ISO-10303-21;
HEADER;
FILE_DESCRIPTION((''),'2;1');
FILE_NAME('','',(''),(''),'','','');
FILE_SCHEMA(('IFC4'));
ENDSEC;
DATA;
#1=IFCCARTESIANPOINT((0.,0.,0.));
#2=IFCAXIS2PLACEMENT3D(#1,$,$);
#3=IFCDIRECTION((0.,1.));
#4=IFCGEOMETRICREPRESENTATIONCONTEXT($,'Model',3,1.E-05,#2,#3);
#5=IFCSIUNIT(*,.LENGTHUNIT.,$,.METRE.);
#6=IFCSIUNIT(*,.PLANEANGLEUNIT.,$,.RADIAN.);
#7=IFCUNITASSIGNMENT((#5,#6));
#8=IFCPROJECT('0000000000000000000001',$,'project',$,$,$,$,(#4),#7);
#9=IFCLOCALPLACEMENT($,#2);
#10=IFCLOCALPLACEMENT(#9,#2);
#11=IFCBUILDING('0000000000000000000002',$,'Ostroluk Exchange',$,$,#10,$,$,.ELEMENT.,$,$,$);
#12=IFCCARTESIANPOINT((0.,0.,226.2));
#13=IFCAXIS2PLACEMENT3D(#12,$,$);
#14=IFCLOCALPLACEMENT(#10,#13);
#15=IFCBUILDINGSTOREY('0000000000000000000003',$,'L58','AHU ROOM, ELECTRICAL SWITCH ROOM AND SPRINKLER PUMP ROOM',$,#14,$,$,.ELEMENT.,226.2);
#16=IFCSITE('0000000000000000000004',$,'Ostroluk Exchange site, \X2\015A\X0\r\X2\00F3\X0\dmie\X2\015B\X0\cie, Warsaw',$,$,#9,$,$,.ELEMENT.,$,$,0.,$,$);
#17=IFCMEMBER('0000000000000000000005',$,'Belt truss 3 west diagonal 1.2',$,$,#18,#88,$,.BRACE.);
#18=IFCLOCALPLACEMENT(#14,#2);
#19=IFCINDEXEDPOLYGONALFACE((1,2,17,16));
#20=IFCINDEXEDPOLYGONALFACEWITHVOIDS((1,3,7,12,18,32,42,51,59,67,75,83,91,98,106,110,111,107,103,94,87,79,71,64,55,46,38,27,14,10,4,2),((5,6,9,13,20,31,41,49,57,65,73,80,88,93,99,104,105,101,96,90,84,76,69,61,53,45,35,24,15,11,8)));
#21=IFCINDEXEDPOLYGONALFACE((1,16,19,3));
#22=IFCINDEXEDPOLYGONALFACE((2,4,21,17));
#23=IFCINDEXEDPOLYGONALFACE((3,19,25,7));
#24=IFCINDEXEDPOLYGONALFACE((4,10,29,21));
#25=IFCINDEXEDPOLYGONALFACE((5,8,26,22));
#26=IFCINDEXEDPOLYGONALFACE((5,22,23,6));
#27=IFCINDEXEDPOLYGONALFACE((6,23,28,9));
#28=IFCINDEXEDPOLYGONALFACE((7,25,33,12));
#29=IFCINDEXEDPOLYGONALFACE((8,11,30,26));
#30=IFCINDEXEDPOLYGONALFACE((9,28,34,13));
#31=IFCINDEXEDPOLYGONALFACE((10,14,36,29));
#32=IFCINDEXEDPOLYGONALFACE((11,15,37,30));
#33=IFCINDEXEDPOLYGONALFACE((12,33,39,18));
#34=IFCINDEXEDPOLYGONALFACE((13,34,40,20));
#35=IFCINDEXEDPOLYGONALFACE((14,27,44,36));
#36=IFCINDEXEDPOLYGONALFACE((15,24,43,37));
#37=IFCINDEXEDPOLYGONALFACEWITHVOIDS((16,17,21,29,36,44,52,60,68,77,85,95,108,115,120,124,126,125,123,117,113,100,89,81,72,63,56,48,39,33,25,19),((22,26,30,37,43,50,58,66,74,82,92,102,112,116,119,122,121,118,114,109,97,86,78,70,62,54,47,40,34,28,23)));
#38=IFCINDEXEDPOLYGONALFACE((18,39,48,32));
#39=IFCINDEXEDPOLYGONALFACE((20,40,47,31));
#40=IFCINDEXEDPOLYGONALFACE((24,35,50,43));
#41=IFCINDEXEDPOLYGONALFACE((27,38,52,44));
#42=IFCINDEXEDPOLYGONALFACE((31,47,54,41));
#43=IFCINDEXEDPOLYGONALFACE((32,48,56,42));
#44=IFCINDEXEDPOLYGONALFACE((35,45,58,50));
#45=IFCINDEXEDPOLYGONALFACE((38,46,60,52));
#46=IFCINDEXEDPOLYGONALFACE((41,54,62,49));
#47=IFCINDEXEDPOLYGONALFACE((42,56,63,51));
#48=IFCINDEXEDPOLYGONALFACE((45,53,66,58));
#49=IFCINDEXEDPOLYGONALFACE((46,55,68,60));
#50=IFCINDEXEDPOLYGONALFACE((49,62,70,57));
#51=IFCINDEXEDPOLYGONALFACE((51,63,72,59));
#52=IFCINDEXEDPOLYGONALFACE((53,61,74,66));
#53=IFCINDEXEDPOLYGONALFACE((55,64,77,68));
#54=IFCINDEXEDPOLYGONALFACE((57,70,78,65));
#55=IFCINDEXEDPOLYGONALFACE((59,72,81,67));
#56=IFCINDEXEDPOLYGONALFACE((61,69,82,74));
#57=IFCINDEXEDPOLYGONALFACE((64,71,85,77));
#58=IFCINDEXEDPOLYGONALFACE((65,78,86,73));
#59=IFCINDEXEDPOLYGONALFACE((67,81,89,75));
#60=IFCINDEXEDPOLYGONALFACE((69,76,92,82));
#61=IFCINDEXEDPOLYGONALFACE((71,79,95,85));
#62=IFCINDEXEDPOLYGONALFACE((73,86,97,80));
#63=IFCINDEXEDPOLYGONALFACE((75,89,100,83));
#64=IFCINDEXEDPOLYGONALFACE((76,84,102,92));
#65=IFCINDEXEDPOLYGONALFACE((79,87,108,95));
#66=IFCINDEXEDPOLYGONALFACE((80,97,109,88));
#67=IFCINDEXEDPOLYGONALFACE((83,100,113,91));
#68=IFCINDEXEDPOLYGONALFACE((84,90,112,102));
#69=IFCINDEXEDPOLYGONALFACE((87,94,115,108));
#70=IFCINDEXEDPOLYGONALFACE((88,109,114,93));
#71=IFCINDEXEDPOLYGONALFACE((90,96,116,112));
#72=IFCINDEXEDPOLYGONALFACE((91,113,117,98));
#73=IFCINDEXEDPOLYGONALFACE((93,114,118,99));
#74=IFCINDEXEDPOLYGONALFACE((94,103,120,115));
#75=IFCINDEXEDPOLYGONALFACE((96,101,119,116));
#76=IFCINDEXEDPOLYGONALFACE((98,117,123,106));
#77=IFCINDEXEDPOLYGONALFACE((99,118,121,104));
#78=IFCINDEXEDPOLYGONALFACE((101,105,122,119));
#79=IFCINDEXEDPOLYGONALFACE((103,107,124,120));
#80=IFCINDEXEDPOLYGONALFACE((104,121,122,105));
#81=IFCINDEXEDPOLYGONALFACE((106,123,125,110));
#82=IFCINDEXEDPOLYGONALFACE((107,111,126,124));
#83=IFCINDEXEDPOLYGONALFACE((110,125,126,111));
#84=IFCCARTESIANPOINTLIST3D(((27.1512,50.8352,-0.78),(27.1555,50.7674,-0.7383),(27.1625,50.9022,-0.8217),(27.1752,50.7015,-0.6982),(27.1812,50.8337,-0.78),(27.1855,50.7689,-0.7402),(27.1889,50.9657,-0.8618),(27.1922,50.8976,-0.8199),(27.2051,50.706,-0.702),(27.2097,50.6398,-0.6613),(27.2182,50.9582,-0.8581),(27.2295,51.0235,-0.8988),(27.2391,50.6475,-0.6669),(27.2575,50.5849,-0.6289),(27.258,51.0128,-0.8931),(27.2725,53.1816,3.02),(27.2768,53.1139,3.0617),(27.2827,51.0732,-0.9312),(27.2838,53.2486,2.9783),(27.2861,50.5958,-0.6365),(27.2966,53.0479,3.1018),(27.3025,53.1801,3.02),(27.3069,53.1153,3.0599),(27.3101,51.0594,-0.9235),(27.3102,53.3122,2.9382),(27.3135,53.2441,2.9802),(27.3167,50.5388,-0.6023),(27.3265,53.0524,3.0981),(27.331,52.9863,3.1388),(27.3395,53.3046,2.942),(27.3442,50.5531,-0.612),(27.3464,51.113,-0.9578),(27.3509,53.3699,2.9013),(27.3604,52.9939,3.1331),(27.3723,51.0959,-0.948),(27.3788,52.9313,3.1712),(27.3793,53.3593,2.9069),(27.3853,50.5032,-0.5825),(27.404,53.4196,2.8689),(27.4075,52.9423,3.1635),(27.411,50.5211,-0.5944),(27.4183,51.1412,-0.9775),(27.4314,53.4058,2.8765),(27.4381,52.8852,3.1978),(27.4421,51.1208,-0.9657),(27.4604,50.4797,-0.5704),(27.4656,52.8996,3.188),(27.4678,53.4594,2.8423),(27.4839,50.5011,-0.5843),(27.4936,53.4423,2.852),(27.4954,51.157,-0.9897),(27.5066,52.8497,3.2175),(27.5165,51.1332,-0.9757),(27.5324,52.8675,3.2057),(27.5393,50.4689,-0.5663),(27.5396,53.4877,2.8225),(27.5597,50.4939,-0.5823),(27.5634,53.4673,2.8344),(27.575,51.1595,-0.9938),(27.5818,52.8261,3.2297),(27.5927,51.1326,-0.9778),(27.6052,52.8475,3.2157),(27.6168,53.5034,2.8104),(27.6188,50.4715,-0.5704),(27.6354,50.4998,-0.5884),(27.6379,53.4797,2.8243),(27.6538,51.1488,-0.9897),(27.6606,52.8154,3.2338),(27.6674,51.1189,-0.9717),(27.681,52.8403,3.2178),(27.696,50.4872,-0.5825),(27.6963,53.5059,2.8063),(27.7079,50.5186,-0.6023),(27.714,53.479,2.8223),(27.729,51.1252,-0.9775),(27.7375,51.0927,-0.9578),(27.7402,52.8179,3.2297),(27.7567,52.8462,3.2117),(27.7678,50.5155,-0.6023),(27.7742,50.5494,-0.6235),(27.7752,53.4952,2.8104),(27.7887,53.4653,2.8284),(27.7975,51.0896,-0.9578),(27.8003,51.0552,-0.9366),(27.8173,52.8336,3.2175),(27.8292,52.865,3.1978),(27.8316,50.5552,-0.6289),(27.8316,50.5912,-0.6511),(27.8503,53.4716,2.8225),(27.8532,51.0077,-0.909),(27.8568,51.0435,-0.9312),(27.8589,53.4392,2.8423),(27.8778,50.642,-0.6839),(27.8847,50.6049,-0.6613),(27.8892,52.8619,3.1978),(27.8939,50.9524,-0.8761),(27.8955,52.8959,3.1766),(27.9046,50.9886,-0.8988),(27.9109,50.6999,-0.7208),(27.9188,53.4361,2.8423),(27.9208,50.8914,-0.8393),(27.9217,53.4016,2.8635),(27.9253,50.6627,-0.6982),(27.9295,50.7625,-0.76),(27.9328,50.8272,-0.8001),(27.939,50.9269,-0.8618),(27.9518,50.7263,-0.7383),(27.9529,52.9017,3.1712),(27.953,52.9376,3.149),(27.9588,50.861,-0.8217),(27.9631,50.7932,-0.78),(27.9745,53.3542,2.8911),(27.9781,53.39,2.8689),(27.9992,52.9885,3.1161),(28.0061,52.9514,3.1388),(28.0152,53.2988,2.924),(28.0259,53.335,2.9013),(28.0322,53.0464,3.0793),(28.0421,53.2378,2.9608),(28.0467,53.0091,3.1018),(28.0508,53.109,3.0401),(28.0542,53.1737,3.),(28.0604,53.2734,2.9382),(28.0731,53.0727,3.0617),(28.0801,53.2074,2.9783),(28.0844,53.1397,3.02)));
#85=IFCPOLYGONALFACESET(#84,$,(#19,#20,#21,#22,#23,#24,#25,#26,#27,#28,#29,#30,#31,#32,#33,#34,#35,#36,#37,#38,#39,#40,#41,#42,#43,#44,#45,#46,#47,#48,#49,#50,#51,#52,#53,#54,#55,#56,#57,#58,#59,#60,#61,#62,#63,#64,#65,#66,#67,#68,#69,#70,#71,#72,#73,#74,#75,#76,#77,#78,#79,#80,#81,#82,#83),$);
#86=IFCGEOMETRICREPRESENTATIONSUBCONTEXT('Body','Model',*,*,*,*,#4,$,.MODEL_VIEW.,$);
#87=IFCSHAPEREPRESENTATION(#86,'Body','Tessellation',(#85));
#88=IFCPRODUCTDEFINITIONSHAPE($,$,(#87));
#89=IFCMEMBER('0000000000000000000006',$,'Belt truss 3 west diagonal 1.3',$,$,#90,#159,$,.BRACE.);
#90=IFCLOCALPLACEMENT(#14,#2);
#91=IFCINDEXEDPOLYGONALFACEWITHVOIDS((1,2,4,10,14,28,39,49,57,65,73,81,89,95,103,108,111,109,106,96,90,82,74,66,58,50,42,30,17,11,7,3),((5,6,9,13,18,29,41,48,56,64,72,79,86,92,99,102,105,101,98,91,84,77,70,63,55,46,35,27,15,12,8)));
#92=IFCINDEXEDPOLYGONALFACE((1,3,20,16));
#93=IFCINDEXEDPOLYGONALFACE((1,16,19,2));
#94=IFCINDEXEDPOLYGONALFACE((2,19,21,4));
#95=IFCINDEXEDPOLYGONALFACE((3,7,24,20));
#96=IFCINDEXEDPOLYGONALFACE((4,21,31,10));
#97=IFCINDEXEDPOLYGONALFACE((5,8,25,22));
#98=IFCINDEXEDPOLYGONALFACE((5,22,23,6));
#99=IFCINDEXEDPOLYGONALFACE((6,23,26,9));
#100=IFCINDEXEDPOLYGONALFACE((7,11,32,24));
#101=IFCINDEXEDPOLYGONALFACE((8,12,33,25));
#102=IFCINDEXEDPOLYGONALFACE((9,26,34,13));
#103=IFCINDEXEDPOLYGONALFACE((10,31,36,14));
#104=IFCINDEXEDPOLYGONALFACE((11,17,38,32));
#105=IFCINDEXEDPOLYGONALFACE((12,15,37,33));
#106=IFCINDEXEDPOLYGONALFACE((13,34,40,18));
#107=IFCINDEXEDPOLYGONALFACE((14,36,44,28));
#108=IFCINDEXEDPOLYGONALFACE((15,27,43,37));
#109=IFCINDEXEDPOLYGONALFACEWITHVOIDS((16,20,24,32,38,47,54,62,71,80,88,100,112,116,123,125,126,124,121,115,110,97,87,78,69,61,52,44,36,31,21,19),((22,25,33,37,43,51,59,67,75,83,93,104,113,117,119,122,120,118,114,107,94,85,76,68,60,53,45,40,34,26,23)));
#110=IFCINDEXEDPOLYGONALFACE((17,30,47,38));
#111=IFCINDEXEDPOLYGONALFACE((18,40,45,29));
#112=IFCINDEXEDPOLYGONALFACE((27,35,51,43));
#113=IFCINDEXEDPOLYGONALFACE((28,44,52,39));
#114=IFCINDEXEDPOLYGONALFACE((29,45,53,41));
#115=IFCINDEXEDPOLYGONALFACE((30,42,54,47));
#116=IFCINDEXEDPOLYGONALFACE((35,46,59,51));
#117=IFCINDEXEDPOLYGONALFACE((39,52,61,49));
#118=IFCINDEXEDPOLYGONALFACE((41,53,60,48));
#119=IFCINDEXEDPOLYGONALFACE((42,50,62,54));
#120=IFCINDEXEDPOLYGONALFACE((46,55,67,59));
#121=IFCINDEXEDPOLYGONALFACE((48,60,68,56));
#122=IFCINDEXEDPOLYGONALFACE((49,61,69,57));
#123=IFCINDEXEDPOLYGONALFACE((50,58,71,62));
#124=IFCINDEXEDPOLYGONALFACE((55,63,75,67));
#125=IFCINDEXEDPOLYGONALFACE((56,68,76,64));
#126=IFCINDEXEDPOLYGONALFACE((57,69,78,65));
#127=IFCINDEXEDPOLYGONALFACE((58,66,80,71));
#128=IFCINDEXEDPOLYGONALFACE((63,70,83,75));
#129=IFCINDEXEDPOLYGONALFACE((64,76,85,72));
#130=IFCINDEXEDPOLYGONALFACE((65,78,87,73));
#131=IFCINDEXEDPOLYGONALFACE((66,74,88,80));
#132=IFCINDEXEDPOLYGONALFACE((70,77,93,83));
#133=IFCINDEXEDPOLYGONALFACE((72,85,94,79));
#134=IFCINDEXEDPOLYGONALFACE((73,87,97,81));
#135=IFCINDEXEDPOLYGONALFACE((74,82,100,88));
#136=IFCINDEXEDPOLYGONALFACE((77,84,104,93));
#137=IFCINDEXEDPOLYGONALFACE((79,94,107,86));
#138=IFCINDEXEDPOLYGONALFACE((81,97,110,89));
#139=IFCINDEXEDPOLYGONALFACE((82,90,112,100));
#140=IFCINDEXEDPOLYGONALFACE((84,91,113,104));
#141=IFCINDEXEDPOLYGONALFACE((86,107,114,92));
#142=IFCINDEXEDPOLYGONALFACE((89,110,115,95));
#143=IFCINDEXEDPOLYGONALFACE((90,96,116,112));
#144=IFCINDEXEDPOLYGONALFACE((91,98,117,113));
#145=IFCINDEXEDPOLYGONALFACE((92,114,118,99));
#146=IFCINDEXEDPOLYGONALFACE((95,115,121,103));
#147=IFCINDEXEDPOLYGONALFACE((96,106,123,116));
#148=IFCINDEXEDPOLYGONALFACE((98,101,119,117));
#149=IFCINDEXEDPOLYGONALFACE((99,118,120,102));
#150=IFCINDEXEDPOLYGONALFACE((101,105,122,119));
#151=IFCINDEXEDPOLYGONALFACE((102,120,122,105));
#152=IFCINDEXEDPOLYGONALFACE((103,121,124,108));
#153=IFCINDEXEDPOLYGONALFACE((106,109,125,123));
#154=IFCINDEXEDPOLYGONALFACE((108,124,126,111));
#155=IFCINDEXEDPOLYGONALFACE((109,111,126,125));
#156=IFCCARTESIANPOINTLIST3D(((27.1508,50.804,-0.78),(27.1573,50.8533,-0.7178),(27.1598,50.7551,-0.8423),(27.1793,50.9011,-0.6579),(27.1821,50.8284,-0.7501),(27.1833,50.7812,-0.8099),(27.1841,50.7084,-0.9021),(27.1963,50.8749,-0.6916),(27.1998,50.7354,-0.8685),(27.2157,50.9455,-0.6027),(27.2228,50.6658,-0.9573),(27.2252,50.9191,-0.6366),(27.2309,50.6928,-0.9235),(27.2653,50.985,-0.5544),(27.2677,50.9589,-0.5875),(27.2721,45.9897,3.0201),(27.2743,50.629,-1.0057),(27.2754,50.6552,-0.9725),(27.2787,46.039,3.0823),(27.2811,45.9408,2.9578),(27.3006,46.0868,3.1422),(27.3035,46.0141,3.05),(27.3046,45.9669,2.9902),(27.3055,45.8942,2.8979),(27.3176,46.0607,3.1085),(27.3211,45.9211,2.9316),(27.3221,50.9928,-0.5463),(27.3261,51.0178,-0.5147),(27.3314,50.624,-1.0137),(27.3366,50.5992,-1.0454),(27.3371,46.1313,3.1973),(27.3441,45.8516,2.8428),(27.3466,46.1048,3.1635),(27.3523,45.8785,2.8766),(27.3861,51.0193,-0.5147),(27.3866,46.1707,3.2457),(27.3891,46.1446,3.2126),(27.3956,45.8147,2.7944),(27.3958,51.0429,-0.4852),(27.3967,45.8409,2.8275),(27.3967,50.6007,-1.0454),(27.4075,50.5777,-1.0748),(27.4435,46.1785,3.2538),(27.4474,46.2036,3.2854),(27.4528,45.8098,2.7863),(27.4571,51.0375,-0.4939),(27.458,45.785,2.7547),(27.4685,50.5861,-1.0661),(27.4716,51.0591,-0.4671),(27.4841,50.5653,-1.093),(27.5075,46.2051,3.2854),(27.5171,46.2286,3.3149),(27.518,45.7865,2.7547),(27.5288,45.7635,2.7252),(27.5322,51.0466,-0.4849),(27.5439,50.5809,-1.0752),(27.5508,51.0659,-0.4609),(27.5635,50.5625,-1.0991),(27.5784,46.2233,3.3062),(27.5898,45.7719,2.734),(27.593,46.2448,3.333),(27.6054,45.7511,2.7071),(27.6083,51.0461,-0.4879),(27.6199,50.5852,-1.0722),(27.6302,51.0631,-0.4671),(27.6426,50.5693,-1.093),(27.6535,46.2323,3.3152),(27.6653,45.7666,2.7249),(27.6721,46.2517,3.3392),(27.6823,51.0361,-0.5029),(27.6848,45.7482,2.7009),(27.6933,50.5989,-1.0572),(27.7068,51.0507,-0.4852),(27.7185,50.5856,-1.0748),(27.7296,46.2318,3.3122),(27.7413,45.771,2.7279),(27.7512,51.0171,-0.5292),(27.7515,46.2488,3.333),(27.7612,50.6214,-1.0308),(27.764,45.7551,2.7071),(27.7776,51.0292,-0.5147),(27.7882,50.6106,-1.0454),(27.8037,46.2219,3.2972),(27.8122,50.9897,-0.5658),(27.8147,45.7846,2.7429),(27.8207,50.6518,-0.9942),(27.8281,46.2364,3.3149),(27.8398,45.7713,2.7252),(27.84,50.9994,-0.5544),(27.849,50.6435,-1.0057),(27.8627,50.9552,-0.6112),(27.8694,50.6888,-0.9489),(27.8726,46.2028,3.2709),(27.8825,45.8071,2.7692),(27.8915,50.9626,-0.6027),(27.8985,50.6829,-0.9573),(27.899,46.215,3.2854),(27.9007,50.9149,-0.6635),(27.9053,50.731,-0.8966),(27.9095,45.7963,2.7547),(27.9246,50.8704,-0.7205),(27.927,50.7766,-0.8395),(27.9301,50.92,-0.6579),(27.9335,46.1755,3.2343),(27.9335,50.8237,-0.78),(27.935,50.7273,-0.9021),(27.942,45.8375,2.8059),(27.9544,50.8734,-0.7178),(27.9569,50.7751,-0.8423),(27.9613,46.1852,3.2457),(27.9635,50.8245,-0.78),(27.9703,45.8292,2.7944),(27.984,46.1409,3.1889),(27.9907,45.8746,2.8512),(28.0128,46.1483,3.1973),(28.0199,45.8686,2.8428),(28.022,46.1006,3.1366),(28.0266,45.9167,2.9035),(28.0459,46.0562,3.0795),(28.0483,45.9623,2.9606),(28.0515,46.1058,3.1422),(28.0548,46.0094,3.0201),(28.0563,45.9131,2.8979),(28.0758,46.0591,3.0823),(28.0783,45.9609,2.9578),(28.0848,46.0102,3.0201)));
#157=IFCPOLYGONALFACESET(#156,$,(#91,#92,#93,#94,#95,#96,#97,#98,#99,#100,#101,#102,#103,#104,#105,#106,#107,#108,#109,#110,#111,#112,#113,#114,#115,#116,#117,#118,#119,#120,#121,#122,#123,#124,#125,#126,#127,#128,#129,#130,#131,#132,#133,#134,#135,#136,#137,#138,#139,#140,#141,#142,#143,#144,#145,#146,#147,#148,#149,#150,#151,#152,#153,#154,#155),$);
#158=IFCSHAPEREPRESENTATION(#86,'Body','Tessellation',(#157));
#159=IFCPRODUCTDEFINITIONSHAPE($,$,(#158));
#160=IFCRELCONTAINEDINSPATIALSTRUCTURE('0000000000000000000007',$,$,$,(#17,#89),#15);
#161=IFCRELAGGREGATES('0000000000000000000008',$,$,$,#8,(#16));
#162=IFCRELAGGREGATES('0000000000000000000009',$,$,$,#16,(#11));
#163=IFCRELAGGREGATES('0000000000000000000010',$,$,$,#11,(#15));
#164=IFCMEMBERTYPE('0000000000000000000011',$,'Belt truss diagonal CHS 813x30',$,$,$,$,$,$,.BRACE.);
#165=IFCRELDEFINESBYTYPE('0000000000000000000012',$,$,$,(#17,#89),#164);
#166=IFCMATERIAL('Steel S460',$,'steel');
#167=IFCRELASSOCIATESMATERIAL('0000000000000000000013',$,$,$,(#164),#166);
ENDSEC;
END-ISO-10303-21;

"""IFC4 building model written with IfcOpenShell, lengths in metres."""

from ifc_helpers import new_model, si_unit, direction, frame, origin, origin_2d, place, context, subcontext, project, spatial, hollow_circle, extrude, material, material_profile, profile_set, type_object, element, save


model = new_model("IFC4")

# Units and contexts
model_context = context("Model", 3, precision=1e-05, world=origin(), true_north=direction((0.0, 1.0)))
body_context = subcontext(model_context, "Body", "Model", "MODEL_VIEW")
ifc_project = project(units=[si_unit("LENGTHUNIT", "METRE"), si_unit("PLANEANGLEUNIT", "RADIAN")], contexts=[model_context])

# Site, building, storey
site_placement = place(None, origin())
site = spatial("IfcSite", under=ifc_project, at=site_placement, Name="Ostroluk Exchange site, Śródmieście, Warsaw", CompositionType="ELEMENT", RefElevation=0.0)
building_placement = place(site_placement, origin())
building = spatial("IfcBuilding", under=site, at=building_placement, Name="Ostroluk Exchange", CompositionType="ELEMENT")
storey_placement = place(building_placement, frame((0.0, 0.0, 226.2)))
storey = spatial("IfcBuildingStorey", under=building, at=storey_placement, Name="L58", Description="AHU ROOM, ELECTRICAL SWITCH ROOM AND SPRINKLER PUMP ROOM", CompositionType="ELEMENT", Elevation=226.2)

# Members
ifc_material_1 = material(Name="Steel S460", Category="steel")
ifc_material_profile_1 = material_profile(ifc_material_1, hollow_circle(Radius=0.4065, WallThickness=0.03, at=origin_2d()), Name="CHS 813x30")
ifc_profile_set_1 = profile_set([ifc_material_profile_1], Name="Steel S460")
member_type_1 = type_object("IfcMemberType", Name="Belt truss diagonal CHS 813x30", PredefinedType="BRACE", material=ifc_profile_set_1)
member_1_placement = place(storey_placement, frame((27.5571, 50.8142, -0.78), z_axis=(0.027159, 0.525193, 0.85055), x_axis=(-0.998666, 0.051643, 0.0)))
element("IfcMember", 1, at=member_1_placement, inside=storey, type_object=member_type_1, Name="Belt truss 3 west diagonal 1.2", PredefinedType="BRACE", context=body_context, shape_type="SweptSolid", body=[
    extrude(hollow_circle(Radius=0.4065, WallThickness=0.03, at=origin_2d()), origin(), (0.0, 0.0, 1.0), 4.4678),
])
member_2_placement = place(storey_placement, frame((27.5571, 50.8142, -0.78), z_axis=(0.01978, -0.78478, 0.619459), x_axis=(0.999683, 0.025196, 0.0)))
element("IfcMember", 2, at=member_2_placement, inside=storey, type_object=member_type_1, Name="Belt truss 3 west diagonal 1.3", PredefinedType="BRACE", context=body_context, shape_type="SweptSolid", body=[
    extrude(hollow_circle(Radius=0.4065, WallThickness=0.03, at=origin_2d()), origin(), (0.0, 0.0, 1.0), 6.1345),
])

save(model, "model.ifc")
